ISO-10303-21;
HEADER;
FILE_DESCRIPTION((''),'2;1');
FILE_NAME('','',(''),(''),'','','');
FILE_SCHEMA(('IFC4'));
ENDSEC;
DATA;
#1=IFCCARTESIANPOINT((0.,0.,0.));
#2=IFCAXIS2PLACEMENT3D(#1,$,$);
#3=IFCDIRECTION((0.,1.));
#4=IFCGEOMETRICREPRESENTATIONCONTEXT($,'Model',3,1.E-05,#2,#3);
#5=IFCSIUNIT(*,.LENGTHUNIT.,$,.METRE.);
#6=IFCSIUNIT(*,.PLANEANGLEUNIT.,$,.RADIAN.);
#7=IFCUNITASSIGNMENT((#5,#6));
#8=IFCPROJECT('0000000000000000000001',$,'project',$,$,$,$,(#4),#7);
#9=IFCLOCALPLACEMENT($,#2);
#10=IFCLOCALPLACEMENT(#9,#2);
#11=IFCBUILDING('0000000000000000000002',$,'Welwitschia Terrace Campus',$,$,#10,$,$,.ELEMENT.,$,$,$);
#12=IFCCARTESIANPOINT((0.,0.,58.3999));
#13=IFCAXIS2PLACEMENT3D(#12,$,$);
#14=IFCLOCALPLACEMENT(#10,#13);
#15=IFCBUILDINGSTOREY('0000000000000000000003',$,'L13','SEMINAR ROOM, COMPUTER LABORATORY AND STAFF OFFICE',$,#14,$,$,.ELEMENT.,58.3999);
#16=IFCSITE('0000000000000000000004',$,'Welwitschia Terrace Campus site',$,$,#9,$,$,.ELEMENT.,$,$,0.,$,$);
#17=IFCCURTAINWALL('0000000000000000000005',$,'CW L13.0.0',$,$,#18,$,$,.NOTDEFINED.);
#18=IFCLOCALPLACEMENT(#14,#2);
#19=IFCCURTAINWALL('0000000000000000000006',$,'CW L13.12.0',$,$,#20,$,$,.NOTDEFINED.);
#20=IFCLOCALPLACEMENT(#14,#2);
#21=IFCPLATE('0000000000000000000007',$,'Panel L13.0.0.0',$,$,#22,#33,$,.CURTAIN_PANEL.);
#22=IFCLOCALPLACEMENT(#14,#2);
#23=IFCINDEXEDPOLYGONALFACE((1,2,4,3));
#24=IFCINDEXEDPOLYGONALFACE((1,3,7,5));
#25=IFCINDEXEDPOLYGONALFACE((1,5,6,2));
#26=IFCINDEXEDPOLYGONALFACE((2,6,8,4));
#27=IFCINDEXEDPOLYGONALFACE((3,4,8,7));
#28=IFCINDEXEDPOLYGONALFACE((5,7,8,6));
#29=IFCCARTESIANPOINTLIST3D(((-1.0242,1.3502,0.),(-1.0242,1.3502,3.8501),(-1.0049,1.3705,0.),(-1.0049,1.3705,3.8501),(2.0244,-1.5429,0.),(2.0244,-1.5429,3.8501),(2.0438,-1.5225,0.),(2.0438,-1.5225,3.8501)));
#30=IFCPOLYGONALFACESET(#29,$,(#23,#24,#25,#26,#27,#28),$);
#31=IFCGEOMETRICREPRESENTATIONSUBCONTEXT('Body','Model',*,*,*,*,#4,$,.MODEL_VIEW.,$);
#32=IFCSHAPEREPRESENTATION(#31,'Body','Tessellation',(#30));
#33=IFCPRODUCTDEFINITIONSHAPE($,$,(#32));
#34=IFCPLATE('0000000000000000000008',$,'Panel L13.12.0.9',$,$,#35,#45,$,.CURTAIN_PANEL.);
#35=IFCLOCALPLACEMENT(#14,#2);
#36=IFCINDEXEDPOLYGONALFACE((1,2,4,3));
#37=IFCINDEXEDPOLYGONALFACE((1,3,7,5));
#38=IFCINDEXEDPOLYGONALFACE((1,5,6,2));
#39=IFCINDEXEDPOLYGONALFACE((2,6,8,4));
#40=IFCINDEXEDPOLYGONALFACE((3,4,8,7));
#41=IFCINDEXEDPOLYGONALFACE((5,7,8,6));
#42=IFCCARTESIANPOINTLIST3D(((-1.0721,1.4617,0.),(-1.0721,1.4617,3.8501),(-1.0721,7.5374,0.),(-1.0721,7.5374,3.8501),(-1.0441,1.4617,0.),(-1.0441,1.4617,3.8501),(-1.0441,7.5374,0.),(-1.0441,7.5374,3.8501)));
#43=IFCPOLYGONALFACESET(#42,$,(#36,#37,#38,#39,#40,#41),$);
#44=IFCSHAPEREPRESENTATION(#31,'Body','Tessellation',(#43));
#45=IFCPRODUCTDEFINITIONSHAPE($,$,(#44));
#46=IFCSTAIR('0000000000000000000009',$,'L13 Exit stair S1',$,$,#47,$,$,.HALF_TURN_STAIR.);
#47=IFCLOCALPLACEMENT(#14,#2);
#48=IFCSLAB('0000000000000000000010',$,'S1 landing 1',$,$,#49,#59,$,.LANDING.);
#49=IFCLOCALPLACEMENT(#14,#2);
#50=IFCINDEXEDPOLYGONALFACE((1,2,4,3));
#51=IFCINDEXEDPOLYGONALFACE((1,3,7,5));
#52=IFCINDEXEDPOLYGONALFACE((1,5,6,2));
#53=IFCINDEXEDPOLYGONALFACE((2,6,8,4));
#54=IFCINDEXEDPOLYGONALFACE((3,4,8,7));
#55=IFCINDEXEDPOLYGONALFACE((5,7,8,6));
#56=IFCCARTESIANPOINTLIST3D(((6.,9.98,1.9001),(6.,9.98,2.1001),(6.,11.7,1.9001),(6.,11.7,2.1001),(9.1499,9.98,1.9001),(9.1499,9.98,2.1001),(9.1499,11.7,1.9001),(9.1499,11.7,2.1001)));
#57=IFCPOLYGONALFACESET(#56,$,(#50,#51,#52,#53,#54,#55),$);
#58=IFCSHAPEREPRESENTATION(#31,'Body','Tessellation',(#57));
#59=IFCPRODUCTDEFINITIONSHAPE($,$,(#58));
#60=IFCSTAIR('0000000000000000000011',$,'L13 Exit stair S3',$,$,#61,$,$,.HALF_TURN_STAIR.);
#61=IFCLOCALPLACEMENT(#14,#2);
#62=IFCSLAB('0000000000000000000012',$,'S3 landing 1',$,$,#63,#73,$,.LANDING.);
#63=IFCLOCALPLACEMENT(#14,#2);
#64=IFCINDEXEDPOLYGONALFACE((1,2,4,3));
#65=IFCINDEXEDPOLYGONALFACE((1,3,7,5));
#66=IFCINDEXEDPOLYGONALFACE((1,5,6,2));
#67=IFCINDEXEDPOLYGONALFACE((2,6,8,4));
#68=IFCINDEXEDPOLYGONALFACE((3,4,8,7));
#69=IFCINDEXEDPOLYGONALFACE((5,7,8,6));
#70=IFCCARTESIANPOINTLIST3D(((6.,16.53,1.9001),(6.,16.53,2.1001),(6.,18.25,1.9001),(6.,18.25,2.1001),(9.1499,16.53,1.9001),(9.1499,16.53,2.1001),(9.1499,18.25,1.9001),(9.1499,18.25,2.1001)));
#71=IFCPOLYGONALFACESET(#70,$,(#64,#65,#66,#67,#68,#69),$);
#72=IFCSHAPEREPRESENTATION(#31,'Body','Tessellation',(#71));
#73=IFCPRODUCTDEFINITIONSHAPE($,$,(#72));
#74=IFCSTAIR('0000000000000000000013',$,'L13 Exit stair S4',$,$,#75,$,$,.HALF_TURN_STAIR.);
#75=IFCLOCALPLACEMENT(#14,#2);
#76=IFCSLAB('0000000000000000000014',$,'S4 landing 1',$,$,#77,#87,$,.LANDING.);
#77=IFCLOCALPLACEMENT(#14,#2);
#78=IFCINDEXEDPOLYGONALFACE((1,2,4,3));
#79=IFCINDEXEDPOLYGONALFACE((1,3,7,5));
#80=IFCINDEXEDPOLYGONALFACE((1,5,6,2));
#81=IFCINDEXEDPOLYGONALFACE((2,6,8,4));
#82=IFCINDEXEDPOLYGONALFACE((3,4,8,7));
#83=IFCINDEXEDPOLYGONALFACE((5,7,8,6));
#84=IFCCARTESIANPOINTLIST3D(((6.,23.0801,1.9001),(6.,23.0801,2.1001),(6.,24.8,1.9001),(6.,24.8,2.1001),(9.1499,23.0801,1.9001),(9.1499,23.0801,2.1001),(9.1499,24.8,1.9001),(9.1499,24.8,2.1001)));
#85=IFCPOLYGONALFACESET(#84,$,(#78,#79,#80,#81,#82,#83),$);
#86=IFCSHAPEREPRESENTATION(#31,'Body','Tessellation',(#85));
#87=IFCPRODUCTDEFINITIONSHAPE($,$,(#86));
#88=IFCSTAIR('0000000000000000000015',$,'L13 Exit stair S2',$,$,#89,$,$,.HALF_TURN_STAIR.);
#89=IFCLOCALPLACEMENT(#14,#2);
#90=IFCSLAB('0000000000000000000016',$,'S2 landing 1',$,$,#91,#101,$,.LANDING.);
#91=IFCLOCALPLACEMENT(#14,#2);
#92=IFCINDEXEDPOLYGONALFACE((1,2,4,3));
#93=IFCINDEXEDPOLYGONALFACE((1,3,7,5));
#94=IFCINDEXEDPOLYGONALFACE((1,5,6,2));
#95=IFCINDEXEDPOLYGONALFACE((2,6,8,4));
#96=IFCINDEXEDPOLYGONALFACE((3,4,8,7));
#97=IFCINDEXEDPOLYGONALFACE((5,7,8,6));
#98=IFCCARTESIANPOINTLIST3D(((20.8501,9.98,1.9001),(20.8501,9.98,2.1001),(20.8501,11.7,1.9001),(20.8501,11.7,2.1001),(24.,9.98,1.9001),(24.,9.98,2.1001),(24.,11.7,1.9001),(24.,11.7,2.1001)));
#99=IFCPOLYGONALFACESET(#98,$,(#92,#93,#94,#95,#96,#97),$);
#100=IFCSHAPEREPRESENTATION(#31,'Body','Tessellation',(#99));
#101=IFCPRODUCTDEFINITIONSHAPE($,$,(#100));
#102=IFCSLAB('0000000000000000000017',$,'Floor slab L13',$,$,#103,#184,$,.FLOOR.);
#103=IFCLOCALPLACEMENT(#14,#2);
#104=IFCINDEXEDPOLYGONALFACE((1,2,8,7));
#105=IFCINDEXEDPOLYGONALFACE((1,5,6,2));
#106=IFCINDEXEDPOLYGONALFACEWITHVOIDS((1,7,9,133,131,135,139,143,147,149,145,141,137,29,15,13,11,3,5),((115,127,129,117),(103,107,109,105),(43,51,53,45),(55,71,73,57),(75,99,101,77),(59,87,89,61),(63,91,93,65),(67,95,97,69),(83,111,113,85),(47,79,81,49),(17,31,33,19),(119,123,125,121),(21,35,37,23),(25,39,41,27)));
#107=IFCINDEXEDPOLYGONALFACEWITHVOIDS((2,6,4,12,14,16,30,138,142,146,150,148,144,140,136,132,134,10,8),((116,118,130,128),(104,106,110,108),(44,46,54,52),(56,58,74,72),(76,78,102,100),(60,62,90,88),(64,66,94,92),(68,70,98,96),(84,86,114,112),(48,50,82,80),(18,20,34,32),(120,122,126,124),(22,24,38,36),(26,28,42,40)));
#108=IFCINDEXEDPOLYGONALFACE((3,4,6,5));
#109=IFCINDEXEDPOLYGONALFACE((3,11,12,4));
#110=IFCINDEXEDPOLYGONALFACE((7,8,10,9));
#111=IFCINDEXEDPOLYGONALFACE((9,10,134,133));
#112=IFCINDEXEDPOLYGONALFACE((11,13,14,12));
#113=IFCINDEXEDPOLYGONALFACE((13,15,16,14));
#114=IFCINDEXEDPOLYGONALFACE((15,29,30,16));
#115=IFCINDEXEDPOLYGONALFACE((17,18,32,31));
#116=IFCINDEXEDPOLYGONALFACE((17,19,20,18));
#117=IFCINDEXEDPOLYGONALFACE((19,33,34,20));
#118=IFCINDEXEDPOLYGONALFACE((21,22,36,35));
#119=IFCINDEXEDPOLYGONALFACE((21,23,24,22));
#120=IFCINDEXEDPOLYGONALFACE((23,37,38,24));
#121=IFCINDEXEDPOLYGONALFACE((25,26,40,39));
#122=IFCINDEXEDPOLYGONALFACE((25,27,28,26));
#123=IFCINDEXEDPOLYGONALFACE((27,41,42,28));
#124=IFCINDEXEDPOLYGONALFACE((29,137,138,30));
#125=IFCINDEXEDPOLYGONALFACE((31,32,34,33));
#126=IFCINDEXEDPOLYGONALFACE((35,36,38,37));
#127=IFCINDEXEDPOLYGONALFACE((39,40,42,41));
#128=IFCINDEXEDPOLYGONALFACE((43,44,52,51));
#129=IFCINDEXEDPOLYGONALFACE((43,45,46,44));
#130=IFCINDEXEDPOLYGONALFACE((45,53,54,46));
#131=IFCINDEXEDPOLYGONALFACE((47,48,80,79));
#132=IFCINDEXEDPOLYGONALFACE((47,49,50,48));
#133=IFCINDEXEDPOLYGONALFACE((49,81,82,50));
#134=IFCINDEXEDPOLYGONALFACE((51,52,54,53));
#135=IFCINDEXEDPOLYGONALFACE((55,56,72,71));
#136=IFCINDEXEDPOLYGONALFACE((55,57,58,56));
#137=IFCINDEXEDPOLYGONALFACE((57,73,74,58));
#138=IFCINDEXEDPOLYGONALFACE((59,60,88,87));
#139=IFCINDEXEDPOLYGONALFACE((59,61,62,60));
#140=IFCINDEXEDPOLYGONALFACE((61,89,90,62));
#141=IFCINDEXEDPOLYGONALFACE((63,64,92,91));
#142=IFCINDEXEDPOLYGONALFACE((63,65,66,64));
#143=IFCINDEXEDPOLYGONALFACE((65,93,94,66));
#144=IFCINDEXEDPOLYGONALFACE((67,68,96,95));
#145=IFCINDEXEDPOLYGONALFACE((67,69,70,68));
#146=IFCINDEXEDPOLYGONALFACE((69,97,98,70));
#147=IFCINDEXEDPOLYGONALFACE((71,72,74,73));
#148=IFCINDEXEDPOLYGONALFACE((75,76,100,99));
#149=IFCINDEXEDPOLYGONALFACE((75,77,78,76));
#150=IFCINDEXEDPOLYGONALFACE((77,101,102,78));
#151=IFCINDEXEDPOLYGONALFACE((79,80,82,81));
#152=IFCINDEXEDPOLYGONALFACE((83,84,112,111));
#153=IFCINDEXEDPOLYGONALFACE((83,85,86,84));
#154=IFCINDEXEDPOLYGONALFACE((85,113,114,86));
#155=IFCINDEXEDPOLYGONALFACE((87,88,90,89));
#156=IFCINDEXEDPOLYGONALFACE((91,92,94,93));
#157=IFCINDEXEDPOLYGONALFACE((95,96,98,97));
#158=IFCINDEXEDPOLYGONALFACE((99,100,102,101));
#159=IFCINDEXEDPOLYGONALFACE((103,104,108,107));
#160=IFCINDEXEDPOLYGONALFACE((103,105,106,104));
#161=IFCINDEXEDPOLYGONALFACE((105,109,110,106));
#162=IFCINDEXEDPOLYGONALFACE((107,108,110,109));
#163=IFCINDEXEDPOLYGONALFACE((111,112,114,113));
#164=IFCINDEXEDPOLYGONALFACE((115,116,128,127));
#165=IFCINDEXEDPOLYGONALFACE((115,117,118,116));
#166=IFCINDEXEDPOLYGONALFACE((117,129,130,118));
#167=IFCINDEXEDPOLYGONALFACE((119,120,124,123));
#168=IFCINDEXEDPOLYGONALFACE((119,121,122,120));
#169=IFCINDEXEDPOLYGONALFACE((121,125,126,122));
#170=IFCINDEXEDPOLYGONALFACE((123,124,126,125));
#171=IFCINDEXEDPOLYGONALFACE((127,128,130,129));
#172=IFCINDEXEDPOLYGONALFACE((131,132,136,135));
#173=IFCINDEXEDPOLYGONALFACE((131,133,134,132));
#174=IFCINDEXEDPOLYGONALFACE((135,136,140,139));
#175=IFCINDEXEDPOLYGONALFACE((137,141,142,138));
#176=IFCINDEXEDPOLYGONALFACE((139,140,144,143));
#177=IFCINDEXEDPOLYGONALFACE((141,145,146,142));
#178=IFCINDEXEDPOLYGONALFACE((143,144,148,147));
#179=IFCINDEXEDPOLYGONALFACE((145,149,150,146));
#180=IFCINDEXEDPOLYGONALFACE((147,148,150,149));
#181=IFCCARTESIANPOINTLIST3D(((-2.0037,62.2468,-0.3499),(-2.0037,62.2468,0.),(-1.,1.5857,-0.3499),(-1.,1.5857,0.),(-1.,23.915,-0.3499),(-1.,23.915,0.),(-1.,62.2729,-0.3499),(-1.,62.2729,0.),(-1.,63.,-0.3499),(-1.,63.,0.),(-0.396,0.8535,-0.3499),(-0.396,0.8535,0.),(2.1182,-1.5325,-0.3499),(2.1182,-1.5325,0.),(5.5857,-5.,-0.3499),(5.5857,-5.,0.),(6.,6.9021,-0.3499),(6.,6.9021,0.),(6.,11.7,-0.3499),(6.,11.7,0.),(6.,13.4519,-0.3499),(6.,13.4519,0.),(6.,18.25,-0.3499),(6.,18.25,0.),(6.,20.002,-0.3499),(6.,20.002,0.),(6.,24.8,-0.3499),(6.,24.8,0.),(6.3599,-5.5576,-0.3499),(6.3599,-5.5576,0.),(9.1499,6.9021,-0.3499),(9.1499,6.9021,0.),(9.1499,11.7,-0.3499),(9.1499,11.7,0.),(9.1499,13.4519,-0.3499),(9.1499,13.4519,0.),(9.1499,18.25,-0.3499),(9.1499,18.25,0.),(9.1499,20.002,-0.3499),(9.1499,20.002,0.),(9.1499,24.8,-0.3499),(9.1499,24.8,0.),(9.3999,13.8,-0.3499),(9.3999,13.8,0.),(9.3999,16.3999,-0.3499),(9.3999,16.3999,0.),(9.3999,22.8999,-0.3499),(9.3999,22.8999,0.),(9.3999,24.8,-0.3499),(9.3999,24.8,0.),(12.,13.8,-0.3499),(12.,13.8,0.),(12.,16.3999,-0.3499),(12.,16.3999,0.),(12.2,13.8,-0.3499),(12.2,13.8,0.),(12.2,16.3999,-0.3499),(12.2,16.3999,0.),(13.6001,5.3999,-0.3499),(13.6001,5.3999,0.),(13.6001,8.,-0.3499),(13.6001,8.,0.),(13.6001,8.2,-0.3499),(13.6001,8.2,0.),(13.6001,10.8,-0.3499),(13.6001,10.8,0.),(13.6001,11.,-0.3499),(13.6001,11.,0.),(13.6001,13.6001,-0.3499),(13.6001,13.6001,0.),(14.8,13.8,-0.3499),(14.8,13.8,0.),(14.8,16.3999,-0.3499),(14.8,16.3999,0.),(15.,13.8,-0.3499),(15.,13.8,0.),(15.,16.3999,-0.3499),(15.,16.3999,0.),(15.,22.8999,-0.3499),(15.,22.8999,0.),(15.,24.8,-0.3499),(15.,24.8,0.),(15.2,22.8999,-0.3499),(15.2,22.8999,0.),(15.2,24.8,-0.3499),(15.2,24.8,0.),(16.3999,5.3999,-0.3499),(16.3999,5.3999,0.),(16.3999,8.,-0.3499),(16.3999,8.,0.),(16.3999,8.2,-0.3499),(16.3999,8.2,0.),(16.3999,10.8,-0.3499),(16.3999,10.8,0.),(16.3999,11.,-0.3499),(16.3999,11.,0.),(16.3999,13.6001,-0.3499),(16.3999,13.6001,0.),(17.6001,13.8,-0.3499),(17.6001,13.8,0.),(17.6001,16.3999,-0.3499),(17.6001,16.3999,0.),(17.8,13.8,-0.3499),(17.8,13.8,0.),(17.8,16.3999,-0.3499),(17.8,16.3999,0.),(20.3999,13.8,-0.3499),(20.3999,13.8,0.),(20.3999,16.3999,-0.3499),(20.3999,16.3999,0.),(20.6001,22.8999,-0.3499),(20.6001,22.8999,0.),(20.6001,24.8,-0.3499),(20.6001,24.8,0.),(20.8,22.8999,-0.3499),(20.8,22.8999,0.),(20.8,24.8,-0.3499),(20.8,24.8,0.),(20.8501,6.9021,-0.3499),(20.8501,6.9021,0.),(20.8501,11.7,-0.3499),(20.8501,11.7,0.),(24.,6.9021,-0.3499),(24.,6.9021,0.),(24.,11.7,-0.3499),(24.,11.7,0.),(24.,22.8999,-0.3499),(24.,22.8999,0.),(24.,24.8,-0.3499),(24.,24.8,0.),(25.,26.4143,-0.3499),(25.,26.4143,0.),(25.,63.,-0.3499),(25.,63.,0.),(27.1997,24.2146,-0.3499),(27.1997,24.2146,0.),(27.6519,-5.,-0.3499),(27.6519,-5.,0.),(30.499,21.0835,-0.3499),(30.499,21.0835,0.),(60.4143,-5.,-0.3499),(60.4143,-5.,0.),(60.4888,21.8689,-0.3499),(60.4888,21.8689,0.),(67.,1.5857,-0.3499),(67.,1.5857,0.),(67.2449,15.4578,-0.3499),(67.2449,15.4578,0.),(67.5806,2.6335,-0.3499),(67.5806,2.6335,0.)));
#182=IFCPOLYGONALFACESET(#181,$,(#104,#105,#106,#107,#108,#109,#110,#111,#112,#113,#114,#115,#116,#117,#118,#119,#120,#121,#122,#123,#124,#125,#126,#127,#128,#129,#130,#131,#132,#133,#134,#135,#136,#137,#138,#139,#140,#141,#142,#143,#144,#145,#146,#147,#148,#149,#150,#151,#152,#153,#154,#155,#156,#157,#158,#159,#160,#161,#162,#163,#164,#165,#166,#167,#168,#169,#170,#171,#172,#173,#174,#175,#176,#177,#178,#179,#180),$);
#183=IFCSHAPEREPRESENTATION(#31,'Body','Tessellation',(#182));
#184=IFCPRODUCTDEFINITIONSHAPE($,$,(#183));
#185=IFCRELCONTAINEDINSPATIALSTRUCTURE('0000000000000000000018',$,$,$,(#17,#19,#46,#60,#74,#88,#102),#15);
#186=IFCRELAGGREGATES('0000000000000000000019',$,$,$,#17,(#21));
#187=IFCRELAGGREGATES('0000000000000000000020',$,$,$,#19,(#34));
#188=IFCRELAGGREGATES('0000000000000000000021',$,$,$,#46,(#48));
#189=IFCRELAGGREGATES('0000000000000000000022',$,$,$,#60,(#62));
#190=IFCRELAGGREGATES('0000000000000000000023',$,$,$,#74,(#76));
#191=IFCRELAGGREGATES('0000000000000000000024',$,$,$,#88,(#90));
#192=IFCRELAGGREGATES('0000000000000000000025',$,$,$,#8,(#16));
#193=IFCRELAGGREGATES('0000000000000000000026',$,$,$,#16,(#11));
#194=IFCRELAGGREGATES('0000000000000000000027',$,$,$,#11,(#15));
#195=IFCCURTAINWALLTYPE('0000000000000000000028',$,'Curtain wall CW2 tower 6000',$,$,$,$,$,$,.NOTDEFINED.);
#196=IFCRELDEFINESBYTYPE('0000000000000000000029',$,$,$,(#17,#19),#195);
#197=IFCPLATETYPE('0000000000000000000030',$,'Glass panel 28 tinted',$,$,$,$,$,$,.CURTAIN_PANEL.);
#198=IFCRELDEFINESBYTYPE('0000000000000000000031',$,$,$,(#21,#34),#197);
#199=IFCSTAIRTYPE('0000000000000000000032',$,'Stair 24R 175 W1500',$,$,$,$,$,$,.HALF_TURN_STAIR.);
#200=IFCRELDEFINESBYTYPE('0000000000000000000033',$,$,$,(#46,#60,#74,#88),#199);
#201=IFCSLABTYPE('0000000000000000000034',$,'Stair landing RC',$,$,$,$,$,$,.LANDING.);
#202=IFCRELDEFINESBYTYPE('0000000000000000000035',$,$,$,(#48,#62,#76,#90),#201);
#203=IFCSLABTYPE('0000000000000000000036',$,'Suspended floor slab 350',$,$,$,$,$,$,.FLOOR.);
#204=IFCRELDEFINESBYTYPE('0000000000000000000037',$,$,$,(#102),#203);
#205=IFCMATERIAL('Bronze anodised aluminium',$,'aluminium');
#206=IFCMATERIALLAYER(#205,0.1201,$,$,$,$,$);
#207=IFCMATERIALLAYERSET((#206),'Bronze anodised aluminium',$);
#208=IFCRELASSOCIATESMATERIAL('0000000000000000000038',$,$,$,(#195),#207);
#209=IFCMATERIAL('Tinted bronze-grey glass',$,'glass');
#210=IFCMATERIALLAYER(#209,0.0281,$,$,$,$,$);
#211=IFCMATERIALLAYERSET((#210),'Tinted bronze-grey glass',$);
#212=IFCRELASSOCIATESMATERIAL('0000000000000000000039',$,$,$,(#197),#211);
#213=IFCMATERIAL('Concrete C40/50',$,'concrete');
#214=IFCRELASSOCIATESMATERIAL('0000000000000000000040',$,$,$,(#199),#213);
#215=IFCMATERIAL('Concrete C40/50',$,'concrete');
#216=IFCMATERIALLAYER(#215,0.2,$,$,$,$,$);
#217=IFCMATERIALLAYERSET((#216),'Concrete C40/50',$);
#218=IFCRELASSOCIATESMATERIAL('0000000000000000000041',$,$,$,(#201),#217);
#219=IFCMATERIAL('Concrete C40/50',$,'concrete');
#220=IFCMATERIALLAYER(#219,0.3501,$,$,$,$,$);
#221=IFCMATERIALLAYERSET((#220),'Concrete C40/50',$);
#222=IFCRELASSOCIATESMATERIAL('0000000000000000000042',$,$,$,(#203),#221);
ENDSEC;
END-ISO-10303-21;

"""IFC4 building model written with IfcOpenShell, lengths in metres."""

from ifc_helpers import new_model, si_unit, direction, frame, origin, origin_2d, place, context, subcontext, project, spatial, polyline, rectangle, outline, extrude, material, layer, layer_set, type_object, element, aggregate, save


model = new_model("IFC4")

# Units and contexts
model_context = context("Model", 3, precision=1e-05, world=origin(), true_north=direction((0.0, 1.0)))
body_context = subcontext(model_context, "Body", "Model", "MODEL_VIEW")
ifc_project = project(units=[si_unit("LENGTHUNIT", "METRE"), si_unit("PLANEANGLEUNIT", "RADIAN")], contexts=[model_context])

# Site, building, storey
site_placement = place(None, origin())
site = spatial("IfcSite", under=ifc_project, at=site_placement, Name="Welwitschia Terrace Campus site", CompositionType="ELEMENT", RefElevation=0.0)
building_placement = place(site_placement, origin())
building = spatial("IfcBuilding", under=site, at=building_placement, Name="Welwitschia Terrace Campus", CompositionType="ELEMENT")
storey_placement = place(building_placement, frame((0.0, 0.0, 58.3999)))
storey = spatial("IfcBuildingStorey", under=building, at=storey_placement, Name="L13", Description="SEMINAR ROOM, COMPUTER LABORATORY AND STAFF OFFICE", CompositionType="ELEMENT", Elevation=58.3999)

# Curtain wall
ifc_material_1 = material(Name="Bronze anodised aluminium", Category="aluminium")
ifc_layer_1 = layer(ifc_material_1, 0.1201)
ifc_layer_set_1 = layer_set([ifc_layer_1], Name="Bronze anodised aluminium")
curtain_wall_type = type_object("IfcCurtainWallType", Name="Curtain wall CW2 tower 6000", PredefinedType="NOTDEFINED", material=ifc_layer_set_1)
curtain_wall_1_placement = place(storey_placement, origin())
curtain_wall_1 = element("IfcCurtainWall", 1, at=curtain_wall_1_placement, inside=storey, type_object=curtain_wall_type, Name="CW L13.0.0", PredefinedType="NOTDEFINED")

# Curtain wall
curtain_wall_2_placement = place(storey_placement, origin())
curtain_wall_2 = element("IfcCurtainWall", 2, at=curtain_wall_2_placement, inside=storey, type_object=curtain_wall_type, Name="CW L13.12.0", PredefinedType="NOTDEFINED")

# Plates
ifc_material_2 = material(Name="Tinted bronze-grey glass", Category="glass")
ifc_layer_2 = layer(ifc_material_2, 0.0281)
ifc_layer_set_2 = layer_set([ifc_layer_2], Name="Tinted bronze-grey glass")
plate_type = type_object("IfcPlateType", Name="Glass panel 28 tinted", PredefinedType="CURTAIN_PANEL", material=ifc_layer_set_2)
plate_1_placement = place(storey_placement, frame((0.5098, -0.0862, 0.0), z_axis=(0.0, 0.0, 1.0), x_axis=(0.725374, -0.688355, 0.0)))
plate_1 = element("IfcPlate", 3, at=plate_1_placement, type_object=plate_type, Name="Panel L13.0.0.0", PredefinedType="CURTAIN_PANEL", context=body_context, shape_type="SweptSolid", body=[
    extrude(rectangle(XDim=4.2029, YDim=0.0281, at=origin_2d()), origin(), (0.0, 0.0, 1.0), 3.8501),
])
aggregate(curtain_wall_1, [plate_1])
plate_2_placement = place(storey_placement, frame((-1.0581, 4.4995, 0.0), z_axis=(0.0, 0.0, 1.0), x_axis=(0.0, -1.0, 0.0)))
plate_2 = element("IfcPlate", 4, at=plate_2_placement, type_object=plate_type, Name="Panel L13.12.0.9", PredefinedType="CURTAIN_PANEL", context=body_context, shape_type="SweptSolid", body=[
    extrude(rectangle(XDim=6.0757, YDim=0.0281, at=origin_2d()), origin(), (0.0, 0.0, 1.0), 3.8501),
])
aggregate(curtain_wall_2, [plate_2])

# Stairs, slabs
ifc_material_3 = material(Name="Concrete C40/50", Category="concrete")
stair_type = type_object("IfcStairType", Name="Stair 24R 175 W1500", PredefinedType="HALF_TURN_STAIR", material=ifc_material_3)
stair_1_placement = place(storey_placement, origin())
stair_1 = element("IfcStair", 5, at=stair_1_placement, inside=storey, type_object=stair_type, Name="L13 Exit stair S1", PredefinedType="HALF_TURN_STAIR")
ifc_material_4 = material(Name="Concrete C40/50", Category="concrete")
ifc_layer_3 = layer(ifc_material_4, 0.2)
ifc_layer_set_3 = layer_set([ifc_layer_3], Name="Concrete C40/50")
slab_type_1 = type_object("IfcSlabType", Name="Stair landing RC", PredefinedType="LANDING", material=ifc_layer_set_3)
slab_1_placement = place(storey_placement, frame((0.0, 0.0, 1.9001)))
slab_1 = element("IfcSlab", 6, at=slab_1_placement, type_object=slab_type_1, Name="S1 landing 1", PredefinedType="LANDING", context=body_context, shape_type="SweptSolid", body=[
    extrude(outline(polyline([(9.1499, 9.98), (9.1499, 11.7), (6.0, 11.7), (6.0, 9.98), (9.1499, 9.98)])), origin(), (0.0, 0.0, 1.0), 0.2),
])
aggregate(stair_1, [slab_1])
stair_2_placement = place(storey_placement, origin())
stair_2 = element("IfcStair", 7, at=stair_2_placement, inside=storey, type_object=stair_type, Name="L13 Exit stair S3", PredefinedType="HALF_TURN_STAIR")
slab_2_placement = place(storey_placement, frame((0.0, 0.0, 1.9001)))
slab_2 = element("IfcSlab", 8, at=slab_2_placement, type_object=slab_type_1, Name="S3 landing 1", PredefinedType="LANDING", context=body_context, shape_type="SweptSolid", body=[
    extrude(outline(polyline([(9.1499, 16.53), (9.1499, 18.25), (6.0, 18.25), (6.0, 16.53), (9.1499, 16.53)])), origin(), (0.0, 0.0, 1.0), 0.2),
])
aggregate(stair_2, [slab_2])
stair_3_placement = place(storey_placement, origin())
stair_3 = element("IfcStair", 9, at=stair_3_placement, inside=storey, type_object=stair_type, Name="L13 Exit stair S4", PredefinedType="HALF_TURN_STAIR")
slab_3_placement = place(storey_placement, frame((0.0, 0.0, 1.9001)))
slab_3 = element("IfcSlab", 10, at=slab_3_placement, type_object=slab_type_1, Name="S4 landing 1", PredefinedType="LANDING", context=body_context, shape_type="SweptSolid", body=[
    extrude(outline(polyline([(9.1499, 23.0801), (9.1499, 24.8), (6.0, 24.8), (6.0, 23.0801), (9.1499, 23.0801)])), origin(), (0.0, 0.0, 1.0), 0.2),
])
aggregate(stair_3, [slab_3])
stair_4_placement = place(storey_placement, origin())
stair_4 = element("IfcStair", 11, at=stair_4_placement, inside=storey, type_object=stair_type, Name="L13 Exit stair S2", PredefinedType="HALF_TURN_STAIR")
slab_4_placement = place(storey_placement, frame((0.0, 0.0, 1.9001)))
slab_4 = element("IfcSlab", 12, at=slab_4_placement, type_object=slab_type_1, Name="S2 landing 1", PredefinedType="LANDING", context=body_context, shape_type="SweptSolid", body=[
    extrude(outline(polyline([(24.0, 9.98), (24.0, 11.7), (20.8501, 11.7), (20.8501, 9.98), (24.0, 9.98)])), origin(), (0.0, 0.0, 1.0), 0.2),
])
aggregate(stair_4, [slab_4])

# Slab
ifc_material_5 = material(Name="Concrete C40/50", Category="concrete")
ifc_layer_4 = layer(ifc_material_5, 0.3501)
ifc_layer_set_4 = layer_set([ifc_layer_4], Name="Concrete C40/50")
slab_type_2 = type_object("IfcSlabType", Name="Suspended floor slab 350", PredefinedType="FLOOR", material=ifc_layer_set_4)
slab_5_placement = place(storey_placement, frame((0.0, 0.0, -0.3499)))
element("IfcSlab", 13, at=slab_5_placement, inside=storey, type_object=slab_type_2, Name="Floor slab L13", PredefinedType="FLOOR", context=body_context, shape_type="SweptSolid", body=[
    extrude(outline(polyline([(-1.0, 23.915), (-2.0037, 62.2468), (-1.0, 62.2729), (-1.0, 63.0), (25.0, 63.0), (25.0, 26.4143), (27.1997, 24.2146), (30.499, 21.0835), (60.4888, 21.8689), (67.2449, 15.4578), (67.5806, 2.6335), (67.0, 1.5857), (60.4143, -5.0), (27.6519, -5.0), (6.3599, -5.5576), (5.5857, -5.0), (2.1182, -1.5325), (-0.396, 0.8535), (-1.0, 1.5857), (-1.0, 23.915)]), holes=[polyline([(13.6001, 8.0), (13.6001, 5.3999), (16.3999, 5.3999), (16.3999, 8.0), (13.6001, 8.0)]), polyline([(9.1499, 11.7), (6.0, 11.7), (6.0, 6.9021), (9.1499, 6.9021), (9.1499, 11.7)]), polyline([(12.0, 16.3999), (9.3999, 16.3999), (9.3999, 13.8), (12.0, 13.8), (12.0, 16.3999)]), polyline([(14.8, 16.3999), (12.2, 16.3999), (12.2, 13.8), (14.8, 13.8), (14.8, 16.3999)]), polyline([(9.1499, 18.25), (6.0, 18.25), (6.0, 13.4519), (9.1499, 13.4519), (9.1499, 18.25)]), polyline([(9.1499, 24.8), (6.0, 24.8), (6.0, 20.002), (9.1499, 20.002), (9.1499, 24.8)]), polyline([(15.0, 24.8), (9.3999, 24.8), (9.3999, 22.8999), (15.0, 22.8999), (15.0, 24.8)]), polyline([(20.8501, 11.7), (20.8501, 6.9021), (24.0, 6.9021), (24.0, 11.7), (20.8501, 11.7)]), polyline([(16.3999, 10.8), (13.6001, 10.8), (13.6001, 8.2), (16.3999, 8.2), (16.3999, 10.8)]), polyline([(16.3999, 13.6001), (13.6001, 13.6001), (13.6001, 11.0), (16.3999, 11.0), (16.3999, 13.6001)]), polyline([(17.6001, 16.3999), (15.0, 16.3999), (15.0, 13.8), (17.6001, 13.8), (17.6001, 16.3999)]), polyline([(20.3999, 16.3999), (17.8, 16.3999), (17.8, 13.8), (20.3999, 13.8), (20.3999, 16.3999)]), polyline([(20.6001, 24.8), (15.2, 24.8), (15.2, 22.8999), (20.6001, 22.8999), (20.6001, 24.8)]), polyline([(24.0, 24.8), (20.8, 24.8), (20.8, 22.8999), (24.0, 22.8999), (24.0, 24.8)])]), origin(), (0.0, 0.0, 1.0), 0.3499),
])

save(model, "model.ifc")
